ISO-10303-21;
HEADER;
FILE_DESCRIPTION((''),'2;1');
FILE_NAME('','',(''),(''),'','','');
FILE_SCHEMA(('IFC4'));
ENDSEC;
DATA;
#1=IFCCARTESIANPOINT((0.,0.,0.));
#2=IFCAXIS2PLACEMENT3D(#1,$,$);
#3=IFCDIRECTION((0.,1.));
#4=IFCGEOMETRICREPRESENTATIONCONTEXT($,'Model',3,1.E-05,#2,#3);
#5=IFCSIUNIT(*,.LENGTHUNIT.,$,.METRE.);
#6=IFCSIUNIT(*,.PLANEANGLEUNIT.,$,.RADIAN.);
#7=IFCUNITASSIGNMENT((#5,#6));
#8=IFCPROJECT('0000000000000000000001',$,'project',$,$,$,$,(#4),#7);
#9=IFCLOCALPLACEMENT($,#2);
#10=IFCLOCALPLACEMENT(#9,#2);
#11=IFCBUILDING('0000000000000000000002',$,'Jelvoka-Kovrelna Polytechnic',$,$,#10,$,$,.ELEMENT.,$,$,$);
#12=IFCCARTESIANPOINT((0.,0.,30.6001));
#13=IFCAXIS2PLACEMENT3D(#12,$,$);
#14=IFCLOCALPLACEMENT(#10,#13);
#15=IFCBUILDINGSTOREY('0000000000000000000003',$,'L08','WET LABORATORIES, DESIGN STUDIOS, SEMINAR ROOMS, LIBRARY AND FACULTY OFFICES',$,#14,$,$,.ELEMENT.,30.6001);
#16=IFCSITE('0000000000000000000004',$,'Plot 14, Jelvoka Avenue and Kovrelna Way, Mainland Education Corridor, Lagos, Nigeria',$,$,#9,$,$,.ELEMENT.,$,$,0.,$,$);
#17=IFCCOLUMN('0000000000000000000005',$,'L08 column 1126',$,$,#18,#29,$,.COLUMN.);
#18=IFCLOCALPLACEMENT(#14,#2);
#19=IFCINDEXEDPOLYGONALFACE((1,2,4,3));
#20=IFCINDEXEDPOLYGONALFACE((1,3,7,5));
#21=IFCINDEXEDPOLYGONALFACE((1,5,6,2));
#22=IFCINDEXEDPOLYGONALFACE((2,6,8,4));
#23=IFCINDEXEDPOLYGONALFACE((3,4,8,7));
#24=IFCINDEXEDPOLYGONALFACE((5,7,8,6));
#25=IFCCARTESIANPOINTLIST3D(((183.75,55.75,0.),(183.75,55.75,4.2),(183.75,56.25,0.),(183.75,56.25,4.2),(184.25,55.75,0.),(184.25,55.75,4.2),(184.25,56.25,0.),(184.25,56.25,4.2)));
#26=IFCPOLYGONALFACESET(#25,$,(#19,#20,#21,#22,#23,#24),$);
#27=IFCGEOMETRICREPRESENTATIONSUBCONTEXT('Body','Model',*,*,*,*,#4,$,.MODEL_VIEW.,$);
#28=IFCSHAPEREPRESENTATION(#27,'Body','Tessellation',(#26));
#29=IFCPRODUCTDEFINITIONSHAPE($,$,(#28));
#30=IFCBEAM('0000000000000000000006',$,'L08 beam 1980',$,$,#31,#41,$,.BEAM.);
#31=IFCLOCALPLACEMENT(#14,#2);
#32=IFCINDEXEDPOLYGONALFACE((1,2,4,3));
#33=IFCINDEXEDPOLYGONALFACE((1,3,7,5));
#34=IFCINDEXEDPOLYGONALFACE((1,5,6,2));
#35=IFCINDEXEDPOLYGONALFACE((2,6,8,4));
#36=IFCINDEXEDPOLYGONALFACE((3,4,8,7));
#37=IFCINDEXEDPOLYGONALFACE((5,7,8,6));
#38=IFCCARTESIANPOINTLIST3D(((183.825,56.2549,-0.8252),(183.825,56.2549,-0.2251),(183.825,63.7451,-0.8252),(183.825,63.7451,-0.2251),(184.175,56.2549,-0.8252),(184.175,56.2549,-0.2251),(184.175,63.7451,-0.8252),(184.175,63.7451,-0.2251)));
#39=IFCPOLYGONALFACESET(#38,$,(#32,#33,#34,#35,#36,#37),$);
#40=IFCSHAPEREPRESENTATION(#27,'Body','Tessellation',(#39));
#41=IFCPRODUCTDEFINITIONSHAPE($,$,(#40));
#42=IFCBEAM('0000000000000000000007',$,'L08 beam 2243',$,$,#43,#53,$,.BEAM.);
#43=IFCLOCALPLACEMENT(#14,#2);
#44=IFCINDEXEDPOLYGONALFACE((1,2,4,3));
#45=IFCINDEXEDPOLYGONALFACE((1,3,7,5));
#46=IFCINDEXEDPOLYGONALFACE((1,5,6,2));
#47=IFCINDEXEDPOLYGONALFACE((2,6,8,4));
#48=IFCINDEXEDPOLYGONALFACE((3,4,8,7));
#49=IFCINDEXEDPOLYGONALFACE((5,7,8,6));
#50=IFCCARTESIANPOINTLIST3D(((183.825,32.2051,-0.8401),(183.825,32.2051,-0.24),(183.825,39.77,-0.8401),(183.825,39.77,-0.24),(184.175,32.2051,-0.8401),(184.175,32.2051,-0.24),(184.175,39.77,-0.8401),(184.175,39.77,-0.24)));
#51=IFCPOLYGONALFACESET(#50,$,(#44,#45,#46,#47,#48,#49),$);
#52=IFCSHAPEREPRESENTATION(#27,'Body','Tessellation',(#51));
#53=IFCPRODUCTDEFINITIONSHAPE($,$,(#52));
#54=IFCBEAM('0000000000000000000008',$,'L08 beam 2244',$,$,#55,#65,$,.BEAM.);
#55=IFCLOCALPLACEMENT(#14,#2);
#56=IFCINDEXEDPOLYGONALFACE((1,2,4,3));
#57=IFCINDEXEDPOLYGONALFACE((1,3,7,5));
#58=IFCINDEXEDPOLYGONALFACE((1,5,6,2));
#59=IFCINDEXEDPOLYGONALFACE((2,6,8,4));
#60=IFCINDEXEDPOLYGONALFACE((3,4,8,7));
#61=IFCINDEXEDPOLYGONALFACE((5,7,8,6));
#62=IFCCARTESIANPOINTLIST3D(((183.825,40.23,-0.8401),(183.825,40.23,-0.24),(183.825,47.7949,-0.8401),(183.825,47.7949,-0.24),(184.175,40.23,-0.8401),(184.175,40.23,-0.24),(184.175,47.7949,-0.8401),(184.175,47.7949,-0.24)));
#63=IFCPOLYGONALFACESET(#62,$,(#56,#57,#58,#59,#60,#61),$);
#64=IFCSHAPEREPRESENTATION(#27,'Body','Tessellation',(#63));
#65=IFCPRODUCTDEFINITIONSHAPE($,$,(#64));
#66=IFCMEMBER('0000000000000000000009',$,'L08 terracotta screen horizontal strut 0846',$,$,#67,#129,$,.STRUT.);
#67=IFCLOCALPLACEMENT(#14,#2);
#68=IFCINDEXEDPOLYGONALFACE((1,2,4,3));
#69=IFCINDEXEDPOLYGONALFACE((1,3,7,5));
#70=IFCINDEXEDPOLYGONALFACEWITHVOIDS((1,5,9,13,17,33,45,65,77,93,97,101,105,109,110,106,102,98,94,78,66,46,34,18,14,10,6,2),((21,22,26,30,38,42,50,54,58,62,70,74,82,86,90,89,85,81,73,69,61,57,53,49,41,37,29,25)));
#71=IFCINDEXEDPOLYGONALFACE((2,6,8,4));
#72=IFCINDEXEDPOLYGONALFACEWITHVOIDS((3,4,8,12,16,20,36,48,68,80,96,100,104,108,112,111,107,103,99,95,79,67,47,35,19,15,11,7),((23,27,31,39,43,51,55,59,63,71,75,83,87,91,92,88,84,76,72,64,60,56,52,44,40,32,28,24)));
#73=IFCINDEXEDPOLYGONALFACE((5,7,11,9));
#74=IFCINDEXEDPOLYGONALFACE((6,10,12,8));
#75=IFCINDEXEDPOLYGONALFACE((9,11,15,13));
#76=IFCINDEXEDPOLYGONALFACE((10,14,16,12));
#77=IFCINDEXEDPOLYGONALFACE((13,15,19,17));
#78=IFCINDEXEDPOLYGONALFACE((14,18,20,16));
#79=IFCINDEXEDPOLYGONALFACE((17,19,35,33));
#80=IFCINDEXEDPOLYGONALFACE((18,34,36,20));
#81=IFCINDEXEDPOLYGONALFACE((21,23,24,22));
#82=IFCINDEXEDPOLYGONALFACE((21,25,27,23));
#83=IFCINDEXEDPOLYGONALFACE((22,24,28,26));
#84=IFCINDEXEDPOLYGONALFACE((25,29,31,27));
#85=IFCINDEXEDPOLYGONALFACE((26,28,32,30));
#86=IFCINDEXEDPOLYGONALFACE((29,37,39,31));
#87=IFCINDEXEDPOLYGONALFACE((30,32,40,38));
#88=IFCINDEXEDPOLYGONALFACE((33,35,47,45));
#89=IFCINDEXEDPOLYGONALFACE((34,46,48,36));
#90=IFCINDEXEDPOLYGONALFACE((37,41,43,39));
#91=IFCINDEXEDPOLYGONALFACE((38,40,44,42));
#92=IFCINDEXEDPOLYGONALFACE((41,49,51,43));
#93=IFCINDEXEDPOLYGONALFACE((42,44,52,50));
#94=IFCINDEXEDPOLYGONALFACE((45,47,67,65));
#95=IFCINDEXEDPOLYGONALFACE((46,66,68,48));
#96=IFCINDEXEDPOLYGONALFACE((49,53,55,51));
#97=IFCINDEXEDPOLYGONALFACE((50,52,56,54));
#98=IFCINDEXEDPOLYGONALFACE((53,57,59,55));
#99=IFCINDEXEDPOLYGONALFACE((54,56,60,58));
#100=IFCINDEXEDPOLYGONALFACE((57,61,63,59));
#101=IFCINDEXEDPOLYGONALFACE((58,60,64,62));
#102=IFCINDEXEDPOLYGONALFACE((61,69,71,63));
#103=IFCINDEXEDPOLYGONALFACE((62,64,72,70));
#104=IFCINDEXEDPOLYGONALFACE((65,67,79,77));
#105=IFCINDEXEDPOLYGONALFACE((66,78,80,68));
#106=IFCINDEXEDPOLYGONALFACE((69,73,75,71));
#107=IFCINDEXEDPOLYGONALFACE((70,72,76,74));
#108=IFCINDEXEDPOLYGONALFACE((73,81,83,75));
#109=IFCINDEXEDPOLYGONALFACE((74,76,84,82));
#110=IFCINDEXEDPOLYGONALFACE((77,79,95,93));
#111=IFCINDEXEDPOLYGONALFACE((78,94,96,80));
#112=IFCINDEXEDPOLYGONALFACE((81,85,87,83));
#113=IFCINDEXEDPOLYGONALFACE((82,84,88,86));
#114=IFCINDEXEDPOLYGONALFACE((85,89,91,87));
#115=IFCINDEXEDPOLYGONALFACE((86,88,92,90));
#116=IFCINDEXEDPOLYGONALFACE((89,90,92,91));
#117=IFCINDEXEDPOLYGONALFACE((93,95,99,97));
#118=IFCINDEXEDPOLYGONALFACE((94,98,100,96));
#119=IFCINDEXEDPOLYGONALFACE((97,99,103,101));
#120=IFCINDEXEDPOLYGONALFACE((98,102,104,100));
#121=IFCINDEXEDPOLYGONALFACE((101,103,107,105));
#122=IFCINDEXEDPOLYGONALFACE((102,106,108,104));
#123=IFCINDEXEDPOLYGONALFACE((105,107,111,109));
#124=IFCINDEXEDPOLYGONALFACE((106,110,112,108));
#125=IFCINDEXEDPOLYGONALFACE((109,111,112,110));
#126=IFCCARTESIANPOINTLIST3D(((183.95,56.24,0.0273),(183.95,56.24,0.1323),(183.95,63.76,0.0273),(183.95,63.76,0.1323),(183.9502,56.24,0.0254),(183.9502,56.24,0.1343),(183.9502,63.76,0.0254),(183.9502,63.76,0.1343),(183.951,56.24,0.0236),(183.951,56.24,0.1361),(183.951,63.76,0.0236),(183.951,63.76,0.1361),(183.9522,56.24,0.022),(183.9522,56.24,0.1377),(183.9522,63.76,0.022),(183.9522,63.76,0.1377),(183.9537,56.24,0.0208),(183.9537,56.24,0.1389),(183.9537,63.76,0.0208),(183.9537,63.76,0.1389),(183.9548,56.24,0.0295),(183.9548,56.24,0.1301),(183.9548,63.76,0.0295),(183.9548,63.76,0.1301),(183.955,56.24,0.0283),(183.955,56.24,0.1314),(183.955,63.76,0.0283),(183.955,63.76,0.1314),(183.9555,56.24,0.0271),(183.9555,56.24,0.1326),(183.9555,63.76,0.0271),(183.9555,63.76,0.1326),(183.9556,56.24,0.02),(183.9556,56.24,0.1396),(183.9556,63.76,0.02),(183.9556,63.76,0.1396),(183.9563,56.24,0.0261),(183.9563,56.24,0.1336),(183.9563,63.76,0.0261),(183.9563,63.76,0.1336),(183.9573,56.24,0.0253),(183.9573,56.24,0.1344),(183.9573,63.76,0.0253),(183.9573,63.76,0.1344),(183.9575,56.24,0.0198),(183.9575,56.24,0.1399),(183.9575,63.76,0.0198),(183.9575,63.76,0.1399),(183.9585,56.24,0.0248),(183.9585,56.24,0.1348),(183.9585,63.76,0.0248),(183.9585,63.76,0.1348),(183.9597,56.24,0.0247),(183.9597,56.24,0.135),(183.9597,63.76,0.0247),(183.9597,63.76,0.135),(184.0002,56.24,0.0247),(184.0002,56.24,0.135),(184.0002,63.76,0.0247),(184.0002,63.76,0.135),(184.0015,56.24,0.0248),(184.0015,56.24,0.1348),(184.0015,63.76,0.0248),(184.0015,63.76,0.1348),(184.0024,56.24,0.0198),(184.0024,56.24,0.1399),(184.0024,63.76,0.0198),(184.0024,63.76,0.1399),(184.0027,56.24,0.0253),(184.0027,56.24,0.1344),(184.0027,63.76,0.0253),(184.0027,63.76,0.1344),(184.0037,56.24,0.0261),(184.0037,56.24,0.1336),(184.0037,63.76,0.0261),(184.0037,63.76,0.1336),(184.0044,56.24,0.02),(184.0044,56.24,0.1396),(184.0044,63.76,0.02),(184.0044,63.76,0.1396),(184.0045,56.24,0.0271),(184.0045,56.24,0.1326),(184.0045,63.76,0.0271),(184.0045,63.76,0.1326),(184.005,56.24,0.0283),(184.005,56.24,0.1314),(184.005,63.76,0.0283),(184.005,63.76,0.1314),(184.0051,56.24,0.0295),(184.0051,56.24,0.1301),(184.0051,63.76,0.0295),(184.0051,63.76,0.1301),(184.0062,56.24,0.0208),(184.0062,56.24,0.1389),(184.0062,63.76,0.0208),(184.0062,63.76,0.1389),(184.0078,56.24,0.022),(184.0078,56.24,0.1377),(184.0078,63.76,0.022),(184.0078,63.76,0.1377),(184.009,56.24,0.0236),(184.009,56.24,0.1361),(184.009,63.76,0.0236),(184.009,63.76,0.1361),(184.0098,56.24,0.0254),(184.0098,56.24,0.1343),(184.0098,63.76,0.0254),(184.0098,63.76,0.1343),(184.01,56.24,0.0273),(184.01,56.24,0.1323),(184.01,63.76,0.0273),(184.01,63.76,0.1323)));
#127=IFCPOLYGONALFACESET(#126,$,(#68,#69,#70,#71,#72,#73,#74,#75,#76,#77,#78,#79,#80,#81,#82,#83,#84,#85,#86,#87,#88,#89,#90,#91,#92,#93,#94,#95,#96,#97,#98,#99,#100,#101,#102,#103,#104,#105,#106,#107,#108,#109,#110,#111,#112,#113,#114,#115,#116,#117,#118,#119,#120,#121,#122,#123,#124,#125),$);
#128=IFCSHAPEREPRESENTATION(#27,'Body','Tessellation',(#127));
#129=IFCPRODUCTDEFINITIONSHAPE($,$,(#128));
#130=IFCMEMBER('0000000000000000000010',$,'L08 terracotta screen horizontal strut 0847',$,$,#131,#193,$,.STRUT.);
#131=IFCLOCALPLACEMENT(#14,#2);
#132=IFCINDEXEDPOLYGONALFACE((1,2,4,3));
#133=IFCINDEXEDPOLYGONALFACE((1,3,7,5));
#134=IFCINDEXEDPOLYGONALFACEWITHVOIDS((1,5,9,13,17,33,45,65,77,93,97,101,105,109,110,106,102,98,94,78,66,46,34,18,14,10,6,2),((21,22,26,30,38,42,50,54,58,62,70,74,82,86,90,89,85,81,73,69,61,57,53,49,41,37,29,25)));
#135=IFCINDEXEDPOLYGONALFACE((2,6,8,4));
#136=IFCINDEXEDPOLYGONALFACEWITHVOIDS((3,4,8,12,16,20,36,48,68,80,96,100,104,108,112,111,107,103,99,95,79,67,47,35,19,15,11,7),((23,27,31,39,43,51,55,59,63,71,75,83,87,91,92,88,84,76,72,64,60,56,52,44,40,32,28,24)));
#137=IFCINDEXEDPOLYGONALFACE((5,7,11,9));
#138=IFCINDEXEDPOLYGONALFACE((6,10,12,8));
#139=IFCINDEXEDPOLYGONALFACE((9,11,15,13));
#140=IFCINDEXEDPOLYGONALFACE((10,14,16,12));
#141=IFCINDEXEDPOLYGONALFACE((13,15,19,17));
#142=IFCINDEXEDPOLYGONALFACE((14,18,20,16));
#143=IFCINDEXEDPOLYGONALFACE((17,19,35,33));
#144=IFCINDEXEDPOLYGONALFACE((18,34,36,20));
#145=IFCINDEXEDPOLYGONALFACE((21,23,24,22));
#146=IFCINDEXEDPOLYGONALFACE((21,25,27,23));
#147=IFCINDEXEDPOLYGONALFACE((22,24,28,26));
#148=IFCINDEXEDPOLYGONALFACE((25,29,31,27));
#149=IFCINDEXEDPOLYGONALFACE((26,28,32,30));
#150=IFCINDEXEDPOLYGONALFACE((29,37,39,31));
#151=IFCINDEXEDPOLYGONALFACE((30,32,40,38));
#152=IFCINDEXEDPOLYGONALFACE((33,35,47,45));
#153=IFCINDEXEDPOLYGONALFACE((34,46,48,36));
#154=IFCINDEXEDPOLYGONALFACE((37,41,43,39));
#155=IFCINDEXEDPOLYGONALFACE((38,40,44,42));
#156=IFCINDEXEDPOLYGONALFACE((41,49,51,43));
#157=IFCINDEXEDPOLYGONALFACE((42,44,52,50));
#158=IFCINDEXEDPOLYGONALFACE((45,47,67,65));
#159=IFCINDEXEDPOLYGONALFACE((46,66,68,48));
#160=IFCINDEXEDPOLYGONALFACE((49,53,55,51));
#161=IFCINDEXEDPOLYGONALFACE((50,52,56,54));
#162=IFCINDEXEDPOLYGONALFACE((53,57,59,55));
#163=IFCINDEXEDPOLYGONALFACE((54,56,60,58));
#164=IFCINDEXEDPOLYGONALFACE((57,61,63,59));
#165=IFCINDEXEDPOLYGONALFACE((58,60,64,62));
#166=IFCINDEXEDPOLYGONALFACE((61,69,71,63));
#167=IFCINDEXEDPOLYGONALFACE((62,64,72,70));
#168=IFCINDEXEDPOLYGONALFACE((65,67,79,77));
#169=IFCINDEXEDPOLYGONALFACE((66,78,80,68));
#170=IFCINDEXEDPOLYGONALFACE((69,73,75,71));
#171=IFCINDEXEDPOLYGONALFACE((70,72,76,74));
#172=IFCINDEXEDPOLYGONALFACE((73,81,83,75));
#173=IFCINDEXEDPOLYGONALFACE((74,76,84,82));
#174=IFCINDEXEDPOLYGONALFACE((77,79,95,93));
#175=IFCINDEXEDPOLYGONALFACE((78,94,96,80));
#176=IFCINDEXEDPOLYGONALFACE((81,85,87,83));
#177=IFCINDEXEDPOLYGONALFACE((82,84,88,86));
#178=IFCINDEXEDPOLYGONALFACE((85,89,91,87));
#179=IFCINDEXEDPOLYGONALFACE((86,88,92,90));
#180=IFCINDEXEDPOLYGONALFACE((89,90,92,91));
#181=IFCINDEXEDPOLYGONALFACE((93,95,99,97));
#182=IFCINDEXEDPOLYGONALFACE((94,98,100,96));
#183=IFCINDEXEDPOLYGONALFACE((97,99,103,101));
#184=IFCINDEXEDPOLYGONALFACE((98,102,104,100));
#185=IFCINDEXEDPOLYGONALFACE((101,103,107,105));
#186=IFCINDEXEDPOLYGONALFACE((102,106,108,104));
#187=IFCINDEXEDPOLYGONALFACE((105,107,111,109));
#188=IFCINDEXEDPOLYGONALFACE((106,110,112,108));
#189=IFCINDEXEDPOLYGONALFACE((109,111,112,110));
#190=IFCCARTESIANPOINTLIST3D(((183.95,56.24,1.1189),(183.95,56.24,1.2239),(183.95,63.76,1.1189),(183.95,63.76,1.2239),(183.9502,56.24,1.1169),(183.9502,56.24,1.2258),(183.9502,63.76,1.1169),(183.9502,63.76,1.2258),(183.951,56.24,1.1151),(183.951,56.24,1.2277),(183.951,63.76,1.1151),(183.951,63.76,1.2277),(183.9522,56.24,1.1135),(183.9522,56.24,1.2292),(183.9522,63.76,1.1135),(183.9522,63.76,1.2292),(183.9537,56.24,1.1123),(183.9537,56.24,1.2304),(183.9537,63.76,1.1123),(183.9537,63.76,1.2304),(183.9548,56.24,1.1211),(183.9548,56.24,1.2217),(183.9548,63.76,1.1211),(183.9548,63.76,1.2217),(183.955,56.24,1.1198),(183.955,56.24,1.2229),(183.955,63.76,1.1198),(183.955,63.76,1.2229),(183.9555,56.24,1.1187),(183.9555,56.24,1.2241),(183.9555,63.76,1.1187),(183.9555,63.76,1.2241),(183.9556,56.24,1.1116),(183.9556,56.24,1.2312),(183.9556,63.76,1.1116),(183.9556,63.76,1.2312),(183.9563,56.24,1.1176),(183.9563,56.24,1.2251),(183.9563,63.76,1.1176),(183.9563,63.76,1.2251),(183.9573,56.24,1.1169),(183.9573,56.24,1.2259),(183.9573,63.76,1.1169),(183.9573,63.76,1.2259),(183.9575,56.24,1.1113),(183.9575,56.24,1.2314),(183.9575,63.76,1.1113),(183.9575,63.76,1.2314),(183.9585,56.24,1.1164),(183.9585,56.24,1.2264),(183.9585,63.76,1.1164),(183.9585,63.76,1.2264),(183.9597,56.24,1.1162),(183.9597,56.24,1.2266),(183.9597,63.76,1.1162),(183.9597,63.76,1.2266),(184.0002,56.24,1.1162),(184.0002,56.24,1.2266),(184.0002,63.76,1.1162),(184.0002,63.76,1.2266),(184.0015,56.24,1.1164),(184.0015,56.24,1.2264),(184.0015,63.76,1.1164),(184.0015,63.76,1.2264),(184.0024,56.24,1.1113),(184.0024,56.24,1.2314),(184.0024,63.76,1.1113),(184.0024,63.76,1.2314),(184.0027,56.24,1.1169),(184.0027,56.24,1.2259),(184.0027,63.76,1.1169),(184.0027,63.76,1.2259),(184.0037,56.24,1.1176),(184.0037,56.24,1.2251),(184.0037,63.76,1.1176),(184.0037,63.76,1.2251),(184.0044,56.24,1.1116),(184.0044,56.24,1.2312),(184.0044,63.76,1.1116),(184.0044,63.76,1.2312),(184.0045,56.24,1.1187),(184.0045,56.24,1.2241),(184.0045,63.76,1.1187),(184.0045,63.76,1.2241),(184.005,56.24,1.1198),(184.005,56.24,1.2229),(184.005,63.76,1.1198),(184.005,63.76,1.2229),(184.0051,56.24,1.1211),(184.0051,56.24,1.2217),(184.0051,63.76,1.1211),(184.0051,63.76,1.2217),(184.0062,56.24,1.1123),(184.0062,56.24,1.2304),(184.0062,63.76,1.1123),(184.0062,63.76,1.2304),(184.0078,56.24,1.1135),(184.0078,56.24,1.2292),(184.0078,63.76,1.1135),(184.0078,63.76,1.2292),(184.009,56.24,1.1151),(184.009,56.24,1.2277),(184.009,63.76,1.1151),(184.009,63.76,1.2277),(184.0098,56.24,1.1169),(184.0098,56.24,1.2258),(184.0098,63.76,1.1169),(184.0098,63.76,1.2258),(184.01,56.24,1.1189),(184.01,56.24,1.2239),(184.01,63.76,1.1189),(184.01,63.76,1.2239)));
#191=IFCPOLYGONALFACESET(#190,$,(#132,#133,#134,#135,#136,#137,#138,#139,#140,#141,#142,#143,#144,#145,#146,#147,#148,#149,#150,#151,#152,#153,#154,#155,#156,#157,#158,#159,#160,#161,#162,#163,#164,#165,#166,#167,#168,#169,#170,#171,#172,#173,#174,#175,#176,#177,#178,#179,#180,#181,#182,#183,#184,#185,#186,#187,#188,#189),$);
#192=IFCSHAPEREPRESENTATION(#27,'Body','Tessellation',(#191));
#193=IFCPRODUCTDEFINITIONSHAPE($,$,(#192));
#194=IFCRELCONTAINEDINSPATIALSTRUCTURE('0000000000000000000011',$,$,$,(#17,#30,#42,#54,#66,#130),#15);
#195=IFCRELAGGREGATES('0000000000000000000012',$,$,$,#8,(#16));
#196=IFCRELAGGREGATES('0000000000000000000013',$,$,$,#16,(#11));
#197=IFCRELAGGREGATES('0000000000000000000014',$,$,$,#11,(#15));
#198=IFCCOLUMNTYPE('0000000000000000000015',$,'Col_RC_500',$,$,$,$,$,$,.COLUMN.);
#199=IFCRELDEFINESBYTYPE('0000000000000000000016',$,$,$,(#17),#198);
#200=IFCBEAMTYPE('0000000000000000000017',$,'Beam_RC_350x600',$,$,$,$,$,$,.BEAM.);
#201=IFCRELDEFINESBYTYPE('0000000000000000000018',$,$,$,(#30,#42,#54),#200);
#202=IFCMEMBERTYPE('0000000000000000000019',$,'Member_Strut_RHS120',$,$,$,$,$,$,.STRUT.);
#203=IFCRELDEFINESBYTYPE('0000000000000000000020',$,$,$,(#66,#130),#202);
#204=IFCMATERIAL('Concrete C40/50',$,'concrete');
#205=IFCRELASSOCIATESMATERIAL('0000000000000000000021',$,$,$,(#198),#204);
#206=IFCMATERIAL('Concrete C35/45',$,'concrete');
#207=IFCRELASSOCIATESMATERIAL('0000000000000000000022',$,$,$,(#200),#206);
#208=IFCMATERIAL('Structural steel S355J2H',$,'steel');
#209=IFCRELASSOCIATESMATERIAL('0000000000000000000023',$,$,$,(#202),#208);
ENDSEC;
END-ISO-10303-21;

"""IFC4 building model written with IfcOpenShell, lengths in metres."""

from ifc_helpers import new_model, si_unit, direction, frame, origin, origin_2d, place, context, subcontext, project, spatial, rectangle, hollow_rectangle, extrude, material, material_profile, profile_set, type_object, element, save


model = new_model("IFC4")

# Units and contexts
model_context = context("Model", 3, precision=1e-05, world=origin(), true_north=direction((0.0, 1.0)))
body_context = subcontext(model_context, "Body", "Model", "MODEL_VIEW")
ifc_project = project(units=[si_unit("LENGTHUNIT", "METRE"), si_unit("PLANEANGLEUNIT", "RADIAN")], contexts=[model_context])

# Site, building, storey
site_placement = place(None, origin())
site = spatial("IfcSite", under=ifc_project, at=site_placement, Name="Plot 14, Jelvoka Avenue and Kovrelna Way, Mainland Education Corridor, Lagos, Nigeria", CompositionType="ELEMENT", RefElevation=0.0)
building_placement = place(site_placement, origin())
building = spatial("IfcBuilding", under=site, at=building_placement, Name="Jelvoka-Kovrelna Polytechnic", CompositionType="ELEMENT")
storey_placement = place(building_placement, frame((0.0, 0.0, 30.6001)))
storey = spatial("IfcBuildingStorey", under=building, at=storey_placement, Name="L08", Description="WET LABORATORIES, DESIGN STUDIOS, SEMINAR ROOMS, LIBRARY AND FACULTY OFFICES", CompositionType="ELEMENT", Elevation=30.6001)

# Column
ifc_material_1 = material(Name="Concrete C40/50", Category="concrete")
ifc_material_profile_1 = material_profile(ifc_material_1, rectangle(XDim=0.5, YDim=0.5, at=origin_2d()), Name="RC 500x500")
ifc_profile_set_1 = profile_set([ifc_material_profile_1], Name="Concrete C40/50")
column_type = type_object("IfcColumnType", Name="Col_RC_500", PredefinedType="COLUMN", material=ifc_profile_set_1)
column_placement = place(storey_placement, frame((184.0, 56.0, 0.0), z_axis=(0.0, 0.0, 1.0), x_axis=(1.0, 0.0, 0.0)))
element("IfcColumn", 1, at=column_placement, inside=storey, type_object=column_type, Name="L08 column 1126", PredefinedType="COLUMN", context=body_context, shape_type="SweptSolid", body=[
    extrude(rectangle(XDim=0.5, YDim=0.5, at=origin_2d()), origin(), (0.0, 0.0, 1.0), 4.2),
])

# Beams
ifc_material_2 = material(Name="Concrete C35/45", Category="concrete")
ifc_material_profile_2 = material_profile(ifc_material_2, rectangle(XDim=0.3501, YDim=0.6001, at=origin_2d()), Name="RC 350x600")
ifc_profile_set_2 = profile_set([ifc_material_profile_2], Name="Concrete C35/45")
beam_type = type_object("IfcBeamType", Name="Beam_RC_350x600", PredefinedType="BEAM", material=ifc_profile_set_2)
beam_placement = place(storey_placement, frame((184.0, 56.2549, -0.5251), z_axis=(0.0, 1.0, 0.0), x_axis=(-1.0, 0.0, 0.0)))
element("IfcBeam", 2, at=beam_placement, inside=storey, type_object=beam_type, Name="L08 beam 1980", PredefinedType="BEAM", context=body_context, shape_type="SweptSolid", body=[
    extrude(rectangle(XDim=0.3501, YDim=0.6001, at=origin_2d()), origin(), (0.0, 0.0, 1.0), 7.4902),
])
for number, where, z_axis, x_axis, name in (
    (3, (184.0, 32.2051, -0.54), (0.0, 1.0, 0.0), (-1.0, 0.0, 0.0), "L08 beam 2243"),
    (4, (184.0, 40.23, -0.54), (0.0, 1.0, 0.0), (-1.0, 0.0, 0.0), "L08 beam 2244"),
):
    element("IfcBeam", number, at=place(storey_placement, frame(where, z_axis=z_axis, x_axis=x_axis)), inside=storey, type_object=beam_type, Name=name, PredefinedType="BEAM", context=body_context, shape_type="SweptSolid", body=[
        extrude(rectangle(XDim=0.3501, YDim=0.6001, at=origin_2d()), origin(), (0.0, 0.0, 1.0), 7.5649),
    ])

# Members
ifc_material_3 = material(Name="Structural steel S355J2H", Category="steel")
ifc_material_profile_3 = material_profile(ifc_material_3, hollow_rectangle(XDim=0.0601, YDim=0.1201, WallThickness=0.0049, InnerFilletRadius=0.0049, OuterFilletRadius=0.0076, at=origin_2d()), Name="120x60x5.0 RHS")
ifc_profile_set_3 = profile_set([ifc_material_profile_3], Name="Structural steel S355J2H")
member_type_1 = type_object("IfcMemberType", Name="Member_Strut_RHS120", PredefinedType="STRUT", material=ifc_profile_set_3)
for number, where, z_axis, x_axis, name in (
    (5, (183.98, 56.24, 0.0798), (0.0, 1.0, 0.0), (-1.0, 0.0, 0.0), "L08 terracotta screen horizontal strut 0846"),
    (6, (183.98, 56.24, 1.1714), (0.0, 1.0, 0.0), (-1.0, 0.0, 0.0), "L08 terracotta screen horizontal strut 0847"),
):
    element("IfcMember", number, at=place(storey_placement, frame(where, z_axis=z_axis, x_axis=x_axis)), inside=storey, type_object=member_type_1, Name=name, PredefinedType="STRUT", context=body_context, shape_type="SweptSolid", body=[
        extrude(hollow_rectangle(XDim=0.0601, YDim=0.1201, WallThickness=0.0049, InnerFilletRadius=0.0049, OuterFilletRadius=0.0076, at=origin_2d()), origin(), (0.0, 0.0, 1.0), 7.52),
    ])

save(model, "model.ifc")
